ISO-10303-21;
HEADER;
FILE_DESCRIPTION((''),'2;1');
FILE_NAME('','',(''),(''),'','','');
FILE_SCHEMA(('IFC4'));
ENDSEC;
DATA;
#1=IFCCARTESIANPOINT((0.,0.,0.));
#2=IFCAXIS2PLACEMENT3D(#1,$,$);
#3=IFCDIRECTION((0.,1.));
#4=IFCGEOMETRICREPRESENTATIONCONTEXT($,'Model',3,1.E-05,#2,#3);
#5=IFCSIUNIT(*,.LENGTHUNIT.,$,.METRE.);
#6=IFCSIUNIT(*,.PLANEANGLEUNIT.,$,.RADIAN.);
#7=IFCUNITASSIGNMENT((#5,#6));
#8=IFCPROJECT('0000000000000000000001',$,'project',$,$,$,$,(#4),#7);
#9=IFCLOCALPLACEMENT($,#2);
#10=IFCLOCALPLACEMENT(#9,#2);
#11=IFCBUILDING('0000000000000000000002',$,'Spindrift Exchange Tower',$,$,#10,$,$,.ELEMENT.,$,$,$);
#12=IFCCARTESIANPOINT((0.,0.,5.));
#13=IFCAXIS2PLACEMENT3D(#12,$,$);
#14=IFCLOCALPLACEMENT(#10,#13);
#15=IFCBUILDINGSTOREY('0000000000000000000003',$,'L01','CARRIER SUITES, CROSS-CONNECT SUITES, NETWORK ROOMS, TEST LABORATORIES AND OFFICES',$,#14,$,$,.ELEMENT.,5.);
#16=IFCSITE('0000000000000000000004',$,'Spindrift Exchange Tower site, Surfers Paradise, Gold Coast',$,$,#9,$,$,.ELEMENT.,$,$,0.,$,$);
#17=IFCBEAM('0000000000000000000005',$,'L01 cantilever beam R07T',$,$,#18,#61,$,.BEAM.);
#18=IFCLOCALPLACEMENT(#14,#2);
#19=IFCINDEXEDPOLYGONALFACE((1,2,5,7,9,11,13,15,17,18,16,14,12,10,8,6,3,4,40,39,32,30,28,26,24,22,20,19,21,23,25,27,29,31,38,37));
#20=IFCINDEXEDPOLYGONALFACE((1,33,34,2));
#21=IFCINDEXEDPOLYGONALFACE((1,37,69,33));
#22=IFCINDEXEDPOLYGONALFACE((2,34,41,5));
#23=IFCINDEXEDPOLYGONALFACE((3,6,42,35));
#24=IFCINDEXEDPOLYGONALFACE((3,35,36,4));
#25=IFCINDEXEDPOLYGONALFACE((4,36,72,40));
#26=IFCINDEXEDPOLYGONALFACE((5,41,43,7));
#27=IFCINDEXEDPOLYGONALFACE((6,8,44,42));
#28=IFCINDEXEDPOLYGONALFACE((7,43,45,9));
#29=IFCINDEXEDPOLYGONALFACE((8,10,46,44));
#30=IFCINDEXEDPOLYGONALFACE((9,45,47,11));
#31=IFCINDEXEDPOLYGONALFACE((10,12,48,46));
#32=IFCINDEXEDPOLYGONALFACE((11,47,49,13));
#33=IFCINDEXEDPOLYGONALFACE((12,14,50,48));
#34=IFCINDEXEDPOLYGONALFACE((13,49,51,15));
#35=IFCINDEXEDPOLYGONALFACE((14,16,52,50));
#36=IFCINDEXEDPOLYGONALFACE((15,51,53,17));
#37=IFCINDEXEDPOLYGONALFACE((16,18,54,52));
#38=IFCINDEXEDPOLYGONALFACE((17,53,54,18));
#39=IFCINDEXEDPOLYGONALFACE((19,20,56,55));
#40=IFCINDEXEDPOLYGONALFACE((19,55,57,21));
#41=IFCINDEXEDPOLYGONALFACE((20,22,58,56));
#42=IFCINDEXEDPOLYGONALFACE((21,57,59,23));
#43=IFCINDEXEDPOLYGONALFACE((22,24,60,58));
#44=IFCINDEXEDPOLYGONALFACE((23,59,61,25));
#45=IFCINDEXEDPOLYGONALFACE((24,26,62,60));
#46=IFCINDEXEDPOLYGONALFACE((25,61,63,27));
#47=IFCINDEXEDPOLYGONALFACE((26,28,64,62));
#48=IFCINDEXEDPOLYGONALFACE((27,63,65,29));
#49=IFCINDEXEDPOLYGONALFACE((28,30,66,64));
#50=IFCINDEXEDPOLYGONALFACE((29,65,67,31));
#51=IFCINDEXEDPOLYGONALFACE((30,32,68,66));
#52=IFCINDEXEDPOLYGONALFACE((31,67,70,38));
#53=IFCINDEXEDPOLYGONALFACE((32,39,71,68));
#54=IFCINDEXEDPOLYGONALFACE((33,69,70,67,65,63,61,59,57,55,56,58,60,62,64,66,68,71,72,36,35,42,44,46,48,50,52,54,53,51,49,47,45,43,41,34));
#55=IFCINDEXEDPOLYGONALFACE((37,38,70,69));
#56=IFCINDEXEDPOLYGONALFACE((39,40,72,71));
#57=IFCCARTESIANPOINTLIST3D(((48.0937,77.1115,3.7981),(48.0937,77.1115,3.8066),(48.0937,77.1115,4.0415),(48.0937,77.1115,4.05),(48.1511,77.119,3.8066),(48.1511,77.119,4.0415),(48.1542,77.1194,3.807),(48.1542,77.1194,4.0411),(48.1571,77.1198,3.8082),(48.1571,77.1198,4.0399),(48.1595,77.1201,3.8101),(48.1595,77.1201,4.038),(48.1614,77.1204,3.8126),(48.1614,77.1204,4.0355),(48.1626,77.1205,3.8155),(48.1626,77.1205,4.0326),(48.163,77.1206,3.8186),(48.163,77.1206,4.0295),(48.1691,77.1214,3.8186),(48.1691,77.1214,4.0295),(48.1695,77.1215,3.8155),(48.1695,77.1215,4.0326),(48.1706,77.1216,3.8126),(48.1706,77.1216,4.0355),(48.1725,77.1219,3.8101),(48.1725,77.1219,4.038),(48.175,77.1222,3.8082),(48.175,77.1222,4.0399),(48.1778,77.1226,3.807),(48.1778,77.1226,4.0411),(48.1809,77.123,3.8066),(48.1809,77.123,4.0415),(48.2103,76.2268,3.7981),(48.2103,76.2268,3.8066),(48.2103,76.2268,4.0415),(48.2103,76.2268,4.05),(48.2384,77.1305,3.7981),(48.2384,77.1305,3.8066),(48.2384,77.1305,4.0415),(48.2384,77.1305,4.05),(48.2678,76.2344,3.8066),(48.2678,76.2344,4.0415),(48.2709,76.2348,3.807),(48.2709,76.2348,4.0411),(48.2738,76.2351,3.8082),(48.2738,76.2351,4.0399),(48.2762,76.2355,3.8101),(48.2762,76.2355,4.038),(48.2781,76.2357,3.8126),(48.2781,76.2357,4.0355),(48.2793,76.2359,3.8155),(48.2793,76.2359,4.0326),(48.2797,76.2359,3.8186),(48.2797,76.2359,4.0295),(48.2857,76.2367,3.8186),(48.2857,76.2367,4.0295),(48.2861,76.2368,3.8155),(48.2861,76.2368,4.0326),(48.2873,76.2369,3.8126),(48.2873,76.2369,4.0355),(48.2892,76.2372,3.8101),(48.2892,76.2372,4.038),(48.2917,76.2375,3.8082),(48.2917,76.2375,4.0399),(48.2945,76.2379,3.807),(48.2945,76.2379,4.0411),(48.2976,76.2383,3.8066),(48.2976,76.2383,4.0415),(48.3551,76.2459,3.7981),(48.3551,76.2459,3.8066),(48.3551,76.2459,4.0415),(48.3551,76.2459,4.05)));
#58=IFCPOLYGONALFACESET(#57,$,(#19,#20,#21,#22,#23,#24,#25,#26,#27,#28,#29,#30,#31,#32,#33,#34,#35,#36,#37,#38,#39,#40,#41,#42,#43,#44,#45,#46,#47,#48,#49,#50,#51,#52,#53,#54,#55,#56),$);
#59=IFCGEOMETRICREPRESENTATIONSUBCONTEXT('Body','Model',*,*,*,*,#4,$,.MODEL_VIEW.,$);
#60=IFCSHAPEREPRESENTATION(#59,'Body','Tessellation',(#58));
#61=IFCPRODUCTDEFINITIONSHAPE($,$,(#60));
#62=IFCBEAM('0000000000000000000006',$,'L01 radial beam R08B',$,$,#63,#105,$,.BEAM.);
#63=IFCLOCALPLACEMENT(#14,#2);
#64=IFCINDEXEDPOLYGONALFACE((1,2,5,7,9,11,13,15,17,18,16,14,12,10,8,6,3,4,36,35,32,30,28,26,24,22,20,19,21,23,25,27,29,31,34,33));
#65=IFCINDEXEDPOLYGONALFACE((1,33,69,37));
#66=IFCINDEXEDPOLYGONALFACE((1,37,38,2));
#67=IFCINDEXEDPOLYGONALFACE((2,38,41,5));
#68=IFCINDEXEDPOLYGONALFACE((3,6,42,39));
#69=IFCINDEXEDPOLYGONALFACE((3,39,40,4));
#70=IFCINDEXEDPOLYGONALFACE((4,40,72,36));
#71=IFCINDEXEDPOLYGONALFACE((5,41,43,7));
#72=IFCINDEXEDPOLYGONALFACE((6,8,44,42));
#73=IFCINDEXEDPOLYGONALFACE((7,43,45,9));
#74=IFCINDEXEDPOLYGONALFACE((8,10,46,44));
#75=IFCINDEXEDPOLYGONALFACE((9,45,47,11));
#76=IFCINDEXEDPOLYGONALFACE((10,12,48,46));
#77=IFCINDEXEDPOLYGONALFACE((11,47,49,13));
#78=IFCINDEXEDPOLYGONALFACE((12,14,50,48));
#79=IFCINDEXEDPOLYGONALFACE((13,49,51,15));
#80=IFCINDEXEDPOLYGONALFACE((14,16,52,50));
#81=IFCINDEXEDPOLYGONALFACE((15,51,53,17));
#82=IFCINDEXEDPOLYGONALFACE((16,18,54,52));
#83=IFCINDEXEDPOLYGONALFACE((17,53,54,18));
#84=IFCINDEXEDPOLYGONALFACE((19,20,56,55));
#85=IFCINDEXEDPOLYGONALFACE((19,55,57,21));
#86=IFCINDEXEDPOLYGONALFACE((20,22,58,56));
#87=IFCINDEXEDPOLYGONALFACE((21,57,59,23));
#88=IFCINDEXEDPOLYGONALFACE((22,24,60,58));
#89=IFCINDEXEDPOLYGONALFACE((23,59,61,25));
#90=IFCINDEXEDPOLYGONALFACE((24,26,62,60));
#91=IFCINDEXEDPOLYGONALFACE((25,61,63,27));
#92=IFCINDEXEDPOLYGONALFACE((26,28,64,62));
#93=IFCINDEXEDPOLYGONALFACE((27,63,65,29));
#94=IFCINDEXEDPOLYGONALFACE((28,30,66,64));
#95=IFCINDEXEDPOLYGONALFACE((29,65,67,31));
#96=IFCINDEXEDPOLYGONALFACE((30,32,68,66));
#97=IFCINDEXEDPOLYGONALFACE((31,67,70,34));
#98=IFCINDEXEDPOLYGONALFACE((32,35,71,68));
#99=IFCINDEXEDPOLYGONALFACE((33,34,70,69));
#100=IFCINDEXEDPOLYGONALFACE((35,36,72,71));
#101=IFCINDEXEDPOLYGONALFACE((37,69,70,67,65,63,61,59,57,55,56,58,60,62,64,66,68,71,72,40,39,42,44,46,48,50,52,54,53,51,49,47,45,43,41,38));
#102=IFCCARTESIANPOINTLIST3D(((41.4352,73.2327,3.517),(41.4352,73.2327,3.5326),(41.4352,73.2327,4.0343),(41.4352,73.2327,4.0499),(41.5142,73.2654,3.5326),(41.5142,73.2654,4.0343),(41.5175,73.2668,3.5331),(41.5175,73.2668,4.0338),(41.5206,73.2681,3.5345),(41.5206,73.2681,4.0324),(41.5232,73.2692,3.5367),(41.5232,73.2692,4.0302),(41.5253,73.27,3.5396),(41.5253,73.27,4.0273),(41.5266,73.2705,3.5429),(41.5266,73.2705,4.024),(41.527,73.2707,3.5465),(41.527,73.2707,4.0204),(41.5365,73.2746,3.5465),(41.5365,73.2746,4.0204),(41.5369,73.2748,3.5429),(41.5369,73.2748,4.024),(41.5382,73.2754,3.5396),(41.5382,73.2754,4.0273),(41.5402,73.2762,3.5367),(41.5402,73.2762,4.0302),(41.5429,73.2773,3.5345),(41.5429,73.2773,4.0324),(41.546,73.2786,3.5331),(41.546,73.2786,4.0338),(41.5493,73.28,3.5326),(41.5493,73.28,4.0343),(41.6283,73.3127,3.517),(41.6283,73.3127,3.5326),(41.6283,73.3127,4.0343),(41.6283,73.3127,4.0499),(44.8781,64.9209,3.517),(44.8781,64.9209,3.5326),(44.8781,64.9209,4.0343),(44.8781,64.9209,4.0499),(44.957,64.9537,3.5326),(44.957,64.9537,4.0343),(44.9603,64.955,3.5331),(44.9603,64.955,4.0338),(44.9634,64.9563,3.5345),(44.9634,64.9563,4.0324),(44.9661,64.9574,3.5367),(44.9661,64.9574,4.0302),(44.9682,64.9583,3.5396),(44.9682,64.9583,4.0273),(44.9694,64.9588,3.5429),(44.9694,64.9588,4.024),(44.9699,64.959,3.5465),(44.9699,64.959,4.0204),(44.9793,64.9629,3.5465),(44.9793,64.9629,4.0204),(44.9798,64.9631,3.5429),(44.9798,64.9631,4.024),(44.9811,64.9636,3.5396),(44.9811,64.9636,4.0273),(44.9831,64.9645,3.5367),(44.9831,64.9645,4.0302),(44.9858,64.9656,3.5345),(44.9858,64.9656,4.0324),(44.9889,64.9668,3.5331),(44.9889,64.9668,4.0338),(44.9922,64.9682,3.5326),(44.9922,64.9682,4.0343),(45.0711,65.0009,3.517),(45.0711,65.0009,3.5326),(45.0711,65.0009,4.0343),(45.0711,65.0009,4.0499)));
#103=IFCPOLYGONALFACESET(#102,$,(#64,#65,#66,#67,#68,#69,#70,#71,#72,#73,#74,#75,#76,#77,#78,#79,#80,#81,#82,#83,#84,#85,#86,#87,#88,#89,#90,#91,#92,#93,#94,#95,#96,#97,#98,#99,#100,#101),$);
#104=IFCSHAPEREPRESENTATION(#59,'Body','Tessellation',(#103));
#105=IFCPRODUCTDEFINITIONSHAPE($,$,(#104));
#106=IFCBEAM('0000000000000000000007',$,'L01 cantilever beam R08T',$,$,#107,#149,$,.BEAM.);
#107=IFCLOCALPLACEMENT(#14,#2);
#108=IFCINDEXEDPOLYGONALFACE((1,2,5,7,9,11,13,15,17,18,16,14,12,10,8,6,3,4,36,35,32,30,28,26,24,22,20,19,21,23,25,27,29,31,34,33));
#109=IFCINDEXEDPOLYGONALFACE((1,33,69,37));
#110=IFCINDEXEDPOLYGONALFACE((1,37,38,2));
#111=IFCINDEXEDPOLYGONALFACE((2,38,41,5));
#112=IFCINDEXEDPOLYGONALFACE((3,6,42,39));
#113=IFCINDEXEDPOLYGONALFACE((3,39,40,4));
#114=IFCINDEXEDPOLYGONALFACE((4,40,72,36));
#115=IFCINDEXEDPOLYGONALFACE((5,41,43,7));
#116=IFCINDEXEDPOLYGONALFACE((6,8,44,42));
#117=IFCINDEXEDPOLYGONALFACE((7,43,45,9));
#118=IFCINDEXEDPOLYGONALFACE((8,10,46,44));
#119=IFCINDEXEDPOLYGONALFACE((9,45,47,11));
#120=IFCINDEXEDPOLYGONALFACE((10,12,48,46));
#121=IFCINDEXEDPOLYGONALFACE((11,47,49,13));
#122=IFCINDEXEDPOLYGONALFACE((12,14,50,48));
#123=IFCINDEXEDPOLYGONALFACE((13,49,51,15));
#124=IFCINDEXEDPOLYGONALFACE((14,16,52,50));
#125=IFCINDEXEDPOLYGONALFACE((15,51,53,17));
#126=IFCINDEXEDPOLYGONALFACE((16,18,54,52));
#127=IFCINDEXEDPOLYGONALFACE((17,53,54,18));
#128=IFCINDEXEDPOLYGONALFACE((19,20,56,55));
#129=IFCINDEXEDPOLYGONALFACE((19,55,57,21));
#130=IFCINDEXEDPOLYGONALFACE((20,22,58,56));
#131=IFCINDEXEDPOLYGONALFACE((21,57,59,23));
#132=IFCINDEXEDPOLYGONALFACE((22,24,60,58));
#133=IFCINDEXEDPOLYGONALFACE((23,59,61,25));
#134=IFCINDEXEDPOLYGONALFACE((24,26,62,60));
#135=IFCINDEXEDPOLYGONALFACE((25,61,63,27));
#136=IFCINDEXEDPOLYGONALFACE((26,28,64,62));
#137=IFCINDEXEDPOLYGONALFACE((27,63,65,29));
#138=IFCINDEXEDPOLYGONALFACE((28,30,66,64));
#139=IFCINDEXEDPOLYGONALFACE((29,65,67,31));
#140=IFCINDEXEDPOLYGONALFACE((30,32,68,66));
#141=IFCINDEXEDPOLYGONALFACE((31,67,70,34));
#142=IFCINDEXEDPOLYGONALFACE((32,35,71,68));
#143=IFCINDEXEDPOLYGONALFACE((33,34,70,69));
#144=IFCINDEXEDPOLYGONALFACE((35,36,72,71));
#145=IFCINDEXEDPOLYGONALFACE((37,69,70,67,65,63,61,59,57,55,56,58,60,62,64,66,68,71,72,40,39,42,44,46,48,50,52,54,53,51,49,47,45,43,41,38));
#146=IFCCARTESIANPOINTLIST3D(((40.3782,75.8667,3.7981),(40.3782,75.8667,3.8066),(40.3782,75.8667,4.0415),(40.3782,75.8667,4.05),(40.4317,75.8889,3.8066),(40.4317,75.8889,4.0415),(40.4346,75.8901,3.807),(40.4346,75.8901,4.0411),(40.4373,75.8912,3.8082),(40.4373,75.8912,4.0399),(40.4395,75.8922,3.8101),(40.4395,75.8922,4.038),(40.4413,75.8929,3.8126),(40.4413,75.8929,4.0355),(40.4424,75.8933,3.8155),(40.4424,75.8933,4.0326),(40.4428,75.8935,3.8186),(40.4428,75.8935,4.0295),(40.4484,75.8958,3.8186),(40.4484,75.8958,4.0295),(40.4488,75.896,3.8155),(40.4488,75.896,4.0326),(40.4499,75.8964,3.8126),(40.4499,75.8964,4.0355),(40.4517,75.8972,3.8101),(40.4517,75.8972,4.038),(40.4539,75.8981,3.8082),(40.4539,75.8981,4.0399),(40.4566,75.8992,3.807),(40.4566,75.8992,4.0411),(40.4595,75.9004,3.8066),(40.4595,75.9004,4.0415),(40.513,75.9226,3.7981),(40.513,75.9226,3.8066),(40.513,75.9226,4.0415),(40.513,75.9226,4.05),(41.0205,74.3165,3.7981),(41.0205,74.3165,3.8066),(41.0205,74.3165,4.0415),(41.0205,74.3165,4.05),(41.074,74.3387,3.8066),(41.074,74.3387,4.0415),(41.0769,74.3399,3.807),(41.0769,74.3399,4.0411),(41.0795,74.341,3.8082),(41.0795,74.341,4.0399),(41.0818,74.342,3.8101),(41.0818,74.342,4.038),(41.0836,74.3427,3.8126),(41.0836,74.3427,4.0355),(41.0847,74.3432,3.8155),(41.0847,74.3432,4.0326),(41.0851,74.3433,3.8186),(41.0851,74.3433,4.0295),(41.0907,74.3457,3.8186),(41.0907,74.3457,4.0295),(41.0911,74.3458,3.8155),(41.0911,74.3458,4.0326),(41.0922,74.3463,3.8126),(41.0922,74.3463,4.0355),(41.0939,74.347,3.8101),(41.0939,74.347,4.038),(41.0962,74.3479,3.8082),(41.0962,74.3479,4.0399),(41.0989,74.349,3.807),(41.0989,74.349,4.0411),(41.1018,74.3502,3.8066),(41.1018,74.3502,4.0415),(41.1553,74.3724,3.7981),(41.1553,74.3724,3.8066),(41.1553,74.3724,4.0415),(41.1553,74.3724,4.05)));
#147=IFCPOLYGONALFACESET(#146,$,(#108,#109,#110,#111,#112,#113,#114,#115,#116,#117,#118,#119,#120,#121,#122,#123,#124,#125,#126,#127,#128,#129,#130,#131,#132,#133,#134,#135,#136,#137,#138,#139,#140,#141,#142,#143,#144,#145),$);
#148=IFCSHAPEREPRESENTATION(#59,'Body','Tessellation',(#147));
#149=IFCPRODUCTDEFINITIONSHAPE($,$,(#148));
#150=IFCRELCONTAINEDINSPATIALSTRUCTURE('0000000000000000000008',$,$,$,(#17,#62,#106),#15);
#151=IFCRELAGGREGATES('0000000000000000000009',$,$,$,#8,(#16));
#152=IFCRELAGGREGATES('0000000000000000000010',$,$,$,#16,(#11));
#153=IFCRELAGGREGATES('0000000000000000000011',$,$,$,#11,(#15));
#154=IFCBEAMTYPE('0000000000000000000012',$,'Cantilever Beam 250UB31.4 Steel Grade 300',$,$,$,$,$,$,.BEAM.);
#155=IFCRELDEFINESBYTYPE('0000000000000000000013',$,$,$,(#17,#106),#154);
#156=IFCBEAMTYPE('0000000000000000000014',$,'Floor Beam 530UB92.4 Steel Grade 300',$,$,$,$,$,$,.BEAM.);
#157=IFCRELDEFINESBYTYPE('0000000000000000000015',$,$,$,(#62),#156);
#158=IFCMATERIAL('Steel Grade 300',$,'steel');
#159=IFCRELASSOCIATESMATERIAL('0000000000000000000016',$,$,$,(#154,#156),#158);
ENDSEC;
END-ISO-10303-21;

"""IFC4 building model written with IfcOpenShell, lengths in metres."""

from ifc_helpers import new_model, si_unit, direction, frame, origin, origin_2d, place, context, subcontext, project, spatial, i_section, extrude, source, transform, mapped, material, material_profile, profile_set, type_object, element, save


model = new_model("IFC4")

# Units and contexts
model_context = context("Model", 3, precision=1e-05, world=origin(), true_north=direction((0.0, 1.0)))
body_context = subcontext(model_context, "Body", "Model", "MODEL_VIEW")
ifc_project = project(units=[si_unit("LENGTHUNIT", "METRE"), si_unit("PLANEANGLEUNIT", "RADIAN")], contexts=[model_context])

# Site, building, storey
site_placement = place(None, origin())
site = spatial("IfcSite", under=ifc_project, at=site_placement, Name="Spindrift Exchange Tower site, Surfers Paradise, Gold Coast", CompositionType="ELEMENT", RefElevation=0.0)
building_placement = place(site_placement, origin())
building = spatial("IfcBuilding", under=site, at=building_placement, Name="Spindrift Exchange Tower", CompositionType="ELEMENT")
storey_placement = place(building_placement, frame((0.0, 0.0, 5.0)))
storey = spatial("IfcBuildingStorey", under=building, at=storey_placement, Name="L01", Description="CARRIER SUITES, CROSS-CONNECT SUITES, NETWORK ROOMS, TEST LABORATORIES AND OFFICES", CompositionType="ELEMENT", Elevation=5.0)

# Beams
ifc_material_1 = material(Name="Steel Grade 300", Category="steel")
ifc_material_profile_1 = material_profile(ifc_material_1, i_section(OverallWidth=0.146, OverallDepth=0.252, WebThickness=0.0061, FlangeThickness=0.0085, FilletRadius=0.012, at=origin_2d()), Name="250UB31.4")
ifc_profile_set_1 = profile_set([ifc_material_profile_1], Name="Steel Grade 300")
beam_type_1 = type_object("IfcBeamType", Name="Cantilever Beam 250UB31.4 Steel Grade 300", PredefinedType="BEAM", material=ifc_profile_set_1)
shared_shape_1 = source(origin(), body_context, "Body", "SweptSolid", [
    extrude(i_section(OverallWidth=0.146, OverallDepth=0.252, WebThickness=0.0061, FlangeThickness=0.0085, FilletRadius=0.012, at=origin_2d()), origin(), (0.0, 0.0, 1.0), 0.8923),
])
beam_1_placement = place(storey_placement, frame((48.2827, 76.2363, 3.9241), z_axis=(-0.130766, 0.991413, 0.0), x_axis=(-0.991413, -0.130766, 0.0)))
element("IfcBeam", 1, at=beam_1_placement, inside=storey, type_object=beam_type_1, Name="L01 cantilever beam R07T", PredefinedType="BEAM", context=body_context, shape_type="MappedRepresentation", body=[
    mapped(shared_shape_1, transform((0.0, 0.0, 0.0), scale=1.0)),
])
ifc_material_profile_2 = material_profile(ifc_material_1, i_section(OverallWidth=0.209, OverallDepth=0.533, WebThickness=0.0103, FlangeThickness=0.0156, FilletRadius=0.0139, at=origin_2d()), Name="530UB92.4")
ifc_profile_set_2 = profile_set([ifc_material_profile_2], Name="Steel Grade 300")
beam_type_2 = type_object("IfcBeamType", Name="Floor Beam 530UB92.4 Steel Grade 300", PredefinedType="BEAM", material=ifc_profile_set_2)
shared_shape_2 = source(origin(), body_context, "Body", "SweptSolid", [
    extrude(i_section(OverallWidth=0.209, OverallDepth=0.533, WebThickness=0.0103, FlangeThickness=0.0156, FilletRadius=0.0139, at=origin_2d()), origin(), (0.0, 0.0, 1.0), 8.9966),
])
beam_2_placement = place(storey_placement, frame((44.9746, 64.9609, 3.7834), z_axis=(-0.382686, 0.923879, 0.0), x_axis=(-0.923879, -0.382686, 0.0)))
element("IfcBeam", 2, at=beam_2_placement, inside=storey, type_object=beam_type_2, Name="L01 radial beam R08B", PredefinedType="BEAM", context=body_context, shape_type="MappedRepresentation", body=[
    mapped(shared_shape_2, transform((0.0, 0.0, 0.0), scale=1.0)),
])
shared_shape_3 = source(origin(), body_context, "Body", "SweptSolid", [
    extrude(i_section(OverallWidth=0.146, OverallDepth=0.252, WebThickness=0.0061, FlangeThickness=0.0085, FilletRadius=0.012, at=origin_2d()), origin(), (0.0, 0.0, 1.0), 1.678),
])
beam_3_placement = place(storey_placement, frame((41.0879, 74.3445, 3.9241), z_axis=(-0.382776, 0.923841, 0.0), x_axis=(-0.923841, -0.382776, 0.0)))
element("IfcBeam", 3, at=beam_3_placement, inside=storey, type_object=beam_type_1, Name="L01 cantilever beam R08T", PredefinedType="BEAM", context=body_context, shape_type="MappedRepresentation", body=[
    mapped(shared_shape_3, transform((0.0, 0.0, 0.0), scale=1.0)),
])

save(model, "model.ifc")
